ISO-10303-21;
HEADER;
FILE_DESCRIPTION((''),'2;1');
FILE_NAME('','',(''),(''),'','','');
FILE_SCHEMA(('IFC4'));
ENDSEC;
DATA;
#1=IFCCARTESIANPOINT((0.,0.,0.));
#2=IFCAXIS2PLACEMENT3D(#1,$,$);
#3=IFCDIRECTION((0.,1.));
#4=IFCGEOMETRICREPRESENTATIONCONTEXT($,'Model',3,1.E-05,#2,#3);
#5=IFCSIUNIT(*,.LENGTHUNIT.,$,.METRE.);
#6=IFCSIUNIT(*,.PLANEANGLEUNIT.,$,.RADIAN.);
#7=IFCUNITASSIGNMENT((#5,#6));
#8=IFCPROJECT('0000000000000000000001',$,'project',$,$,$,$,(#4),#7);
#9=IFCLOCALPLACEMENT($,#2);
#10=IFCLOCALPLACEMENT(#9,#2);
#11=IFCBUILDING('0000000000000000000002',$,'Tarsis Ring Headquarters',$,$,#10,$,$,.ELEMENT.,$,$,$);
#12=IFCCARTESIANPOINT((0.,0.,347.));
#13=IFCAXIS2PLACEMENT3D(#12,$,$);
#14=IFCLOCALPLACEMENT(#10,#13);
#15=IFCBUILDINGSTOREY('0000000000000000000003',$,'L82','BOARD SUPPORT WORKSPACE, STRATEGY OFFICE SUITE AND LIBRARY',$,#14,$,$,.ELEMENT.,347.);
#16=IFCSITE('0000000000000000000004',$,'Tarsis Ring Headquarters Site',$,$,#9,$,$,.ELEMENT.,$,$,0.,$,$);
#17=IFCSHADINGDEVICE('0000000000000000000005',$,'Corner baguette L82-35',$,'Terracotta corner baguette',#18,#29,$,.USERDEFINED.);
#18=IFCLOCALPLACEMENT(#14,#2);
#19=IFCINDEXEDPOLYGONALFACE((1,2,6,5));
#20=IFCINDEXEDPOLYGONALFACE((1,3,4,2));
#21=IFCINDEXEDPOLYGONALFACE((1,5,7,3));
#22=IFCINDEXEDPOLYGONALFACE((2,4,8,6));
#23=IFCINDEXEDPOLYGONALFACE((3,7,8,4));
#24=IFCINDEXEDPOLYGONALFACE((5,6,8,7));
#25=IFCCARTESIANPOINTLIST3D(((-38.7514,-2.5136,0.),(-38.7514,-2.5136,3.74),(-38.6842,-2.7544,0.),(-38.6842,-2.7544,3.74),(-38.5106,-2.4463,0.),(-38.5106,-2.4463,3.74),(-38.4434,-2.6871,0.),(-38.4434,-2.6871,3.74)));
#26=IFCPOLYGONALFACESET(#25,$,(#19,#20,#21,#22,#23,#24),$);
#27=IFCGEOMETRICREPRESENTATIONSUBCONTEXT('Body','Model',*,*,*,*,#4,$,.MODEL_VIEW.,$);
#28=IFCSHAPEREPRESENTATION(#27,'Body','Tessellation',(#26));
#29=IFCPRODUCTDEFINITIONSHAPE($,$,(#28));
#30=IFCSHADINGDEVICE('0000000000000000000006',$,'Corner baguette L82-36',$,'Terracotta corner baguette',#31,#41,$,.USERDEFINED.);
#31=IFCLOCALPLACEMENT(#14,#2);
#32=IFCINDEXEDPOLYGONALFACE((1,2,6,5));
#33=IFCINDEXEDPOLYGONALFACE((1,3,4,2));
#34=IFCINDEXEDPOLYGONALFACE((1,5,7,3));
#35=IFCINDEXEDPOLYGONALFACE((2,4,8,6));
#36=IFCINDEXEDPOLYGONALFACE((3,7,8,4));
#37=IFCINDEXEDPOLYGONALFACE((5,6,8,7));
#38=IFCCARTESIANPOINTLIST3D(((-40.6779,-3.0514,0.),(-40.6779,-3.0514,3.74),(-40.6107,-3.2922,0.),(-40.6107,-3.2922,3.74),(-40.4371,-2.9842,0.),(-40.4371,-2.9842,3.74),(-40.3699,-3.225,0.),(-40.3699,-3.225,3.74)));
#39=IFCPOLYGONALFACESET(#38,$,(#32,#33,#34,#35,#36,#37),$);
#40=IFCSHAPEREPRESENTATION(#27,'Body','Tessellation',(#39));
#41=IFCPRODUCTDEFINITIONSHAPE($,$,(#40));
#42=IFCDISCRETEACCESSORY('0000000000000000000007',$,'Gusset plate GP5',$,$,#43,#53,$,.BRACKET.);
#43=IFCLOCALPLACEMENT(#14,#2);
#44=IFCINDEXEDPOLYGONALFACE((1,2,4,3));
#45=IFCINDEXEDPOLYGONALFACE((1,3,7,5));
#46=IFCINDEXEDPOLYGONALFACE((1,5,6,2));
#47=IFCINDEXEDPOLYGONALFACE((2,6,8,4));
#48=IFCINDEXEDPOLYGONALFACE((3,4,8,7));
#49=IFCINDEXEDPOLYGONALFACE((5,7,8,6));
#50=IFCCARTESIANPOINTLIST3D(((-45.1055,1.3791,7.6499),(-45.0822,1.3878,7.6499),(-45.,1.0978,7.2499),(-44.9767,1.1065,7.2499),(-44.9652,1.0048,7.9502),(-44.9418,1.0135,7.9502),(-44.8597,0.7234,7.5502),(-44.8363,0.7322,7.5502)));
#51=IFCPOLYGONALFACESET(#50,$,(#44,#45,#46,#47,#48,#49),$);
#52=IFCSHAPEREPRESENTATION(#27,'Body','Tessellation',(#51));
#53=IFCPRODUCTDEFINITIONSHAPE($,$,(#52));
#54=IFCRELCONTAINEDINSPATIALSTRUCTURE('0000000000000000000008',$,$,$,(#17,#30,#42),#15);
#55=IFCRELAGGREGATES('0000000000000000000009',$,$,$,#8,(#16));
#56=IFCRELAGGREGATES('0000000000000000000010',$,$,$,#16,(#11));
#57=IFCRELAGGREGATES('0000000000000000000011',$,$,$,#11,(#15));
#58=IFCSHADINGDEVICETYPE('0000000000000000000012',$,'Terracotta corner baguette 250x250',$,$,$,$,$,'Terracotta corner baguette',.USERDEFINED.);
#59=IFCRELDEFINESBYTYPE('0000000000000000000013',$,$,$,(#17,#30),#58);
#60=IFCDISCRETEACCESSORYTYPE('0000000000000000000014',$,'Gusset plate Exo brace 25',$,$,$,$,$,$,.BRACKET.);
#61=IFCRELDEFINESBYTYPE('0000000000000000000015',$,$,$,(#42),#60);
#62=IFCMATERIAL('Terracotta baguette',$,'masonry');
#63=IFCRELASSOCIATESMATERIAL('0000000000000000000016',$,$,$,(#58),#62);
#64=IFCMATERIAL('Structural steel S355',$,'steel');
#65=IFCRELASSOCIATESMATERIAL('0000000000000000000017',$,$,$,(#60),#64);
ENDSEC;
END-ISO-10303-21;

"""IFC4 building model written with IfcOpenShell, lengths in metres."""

from ifc_helpers import new_model, si_unit, direction, frame, origin, origin_2d, place, context, subcontext, project, spatial, rectangle, extrude, material, material_profile, profile_set, type_object, element, save


model = new_model("IFC4")

# Units and contexts
model_context = context("Model", 3, precision=1e-05, world=origin(), true_north=direction((0.0, 1.0)))
body_context = subcontext(model_context, "Body", "Model", "MODEL_VIEW")
ifc_project = project(units=[si_unit("LENGTHUNIT", "METRE"), si_unit("PLANEANGLEUNIT", "RADIAN")], contexts=[model_context])

# Site, building, storey
site_placement = place(None, origin())
site = spatial("IfcSite", under=ifc_project, at=site_placement, Name="Tarsis Ring Headquarters Site", CompositionType="ELEMENT", RefElevation=0.0)
building_placement = place(site_placement, origin())
building = spatial("IfcBuilding", under=site, at=building_placement, Name="Tarsis Ring Headquarters", CompositionType="ELEMENT")
storey_placement = place(building_placement, frame((0.0, 0.0, 347.0)))
storey = spatial("IfcBuildingStorey", under=building, at=storey_placement, Name="L82", Description="BOARD SUPPORT WORKSPACE, STRATEGY OFFICE SUITE AND LIBRARY", CompositionType="ELEMENT", Elevation=347.0)

# Shared definitions
ifc_material_1 = material(Name="Structural steel S355", Category="steel")

# Shading devices
ifc_material_2 = material(Name="Terracotta baguette", Category="masonry")
shading_device_type_1 = type_object("IfcShadingDeviceType", Name="Terracotta corner baguette 250x250", ElementType="Terracotta corner baguette", PredefinedType="USERDEFINED", material=ifc_material_2)
for number, where, z_axis, x_axis, name in (
    (1, (-38.5974, -2.6003, 0.0), (0.0, 0.0, 1.0), (0.26892, -0.963163, 0.0), "Corner baguette L82-35"),
    (2, (-40.5239, -3.1382, 0.0), (0.0, 0.0, 1.0), (-0.963163, -0.26892, 0.0), "Corner baguette L82-36"),
):
    element("IfcShadingDevice", number, at=place(storey_placement, frame(where, z_axis=z_axis, x_axis=x_axis)), inside=storey, type_object=shading_device_type_1, Name=name, ObjectType="Terracotta corner baguette", PredefinedType="USERDEFINED", context=body_context, shape_type="SweptSolid", body=[
        extrude(rectangle(XDim=0.25, YDim=0.25, at=origin_2d()), origin(), (0.0, 0.0, 1.0), 3.74),
    ])

# Discrete accessory
ifc_material_profile_1 = material_profile(ifc_material_1, rectangle(XDim=0.0249, YDim=0.5, at=origin_2d()), Name="PL 25x500")
ifc_profile_set_1 = profile_set([ifc_material_profile_1], Name="Structural steel S355")
discrete_accessory_type = type_object("IfcDiscreteAccessoryType", Name="Gusset plate Exo brace 25", PredefinedType="BRACKET", material=ifc_profile_set_1)
discrete_accessory_placement = place(storey_placement, frame((-45.0237, 1.1963, 7.8), z_axis=(0.210875, -0.562335, -0.799569), x_axis=(0.936329, 0.351123, 0.0)))
element("IfcDiscreteAccessory", 3, at=discrete_accessory_placement, inside=storey, type_object=discrete_accessory_type, Name="Gusset plate GP5", PredefinedType="BRACKET", context=body_context, shape_type="SweptSolid", body=[
    extrude(rectangle(XDim=0.0249, YDim=0.5, at=origin_2d()), origin(), (0.0, 0.0, 1.0), 0.5002),
])

save(model, "model.ifc")
